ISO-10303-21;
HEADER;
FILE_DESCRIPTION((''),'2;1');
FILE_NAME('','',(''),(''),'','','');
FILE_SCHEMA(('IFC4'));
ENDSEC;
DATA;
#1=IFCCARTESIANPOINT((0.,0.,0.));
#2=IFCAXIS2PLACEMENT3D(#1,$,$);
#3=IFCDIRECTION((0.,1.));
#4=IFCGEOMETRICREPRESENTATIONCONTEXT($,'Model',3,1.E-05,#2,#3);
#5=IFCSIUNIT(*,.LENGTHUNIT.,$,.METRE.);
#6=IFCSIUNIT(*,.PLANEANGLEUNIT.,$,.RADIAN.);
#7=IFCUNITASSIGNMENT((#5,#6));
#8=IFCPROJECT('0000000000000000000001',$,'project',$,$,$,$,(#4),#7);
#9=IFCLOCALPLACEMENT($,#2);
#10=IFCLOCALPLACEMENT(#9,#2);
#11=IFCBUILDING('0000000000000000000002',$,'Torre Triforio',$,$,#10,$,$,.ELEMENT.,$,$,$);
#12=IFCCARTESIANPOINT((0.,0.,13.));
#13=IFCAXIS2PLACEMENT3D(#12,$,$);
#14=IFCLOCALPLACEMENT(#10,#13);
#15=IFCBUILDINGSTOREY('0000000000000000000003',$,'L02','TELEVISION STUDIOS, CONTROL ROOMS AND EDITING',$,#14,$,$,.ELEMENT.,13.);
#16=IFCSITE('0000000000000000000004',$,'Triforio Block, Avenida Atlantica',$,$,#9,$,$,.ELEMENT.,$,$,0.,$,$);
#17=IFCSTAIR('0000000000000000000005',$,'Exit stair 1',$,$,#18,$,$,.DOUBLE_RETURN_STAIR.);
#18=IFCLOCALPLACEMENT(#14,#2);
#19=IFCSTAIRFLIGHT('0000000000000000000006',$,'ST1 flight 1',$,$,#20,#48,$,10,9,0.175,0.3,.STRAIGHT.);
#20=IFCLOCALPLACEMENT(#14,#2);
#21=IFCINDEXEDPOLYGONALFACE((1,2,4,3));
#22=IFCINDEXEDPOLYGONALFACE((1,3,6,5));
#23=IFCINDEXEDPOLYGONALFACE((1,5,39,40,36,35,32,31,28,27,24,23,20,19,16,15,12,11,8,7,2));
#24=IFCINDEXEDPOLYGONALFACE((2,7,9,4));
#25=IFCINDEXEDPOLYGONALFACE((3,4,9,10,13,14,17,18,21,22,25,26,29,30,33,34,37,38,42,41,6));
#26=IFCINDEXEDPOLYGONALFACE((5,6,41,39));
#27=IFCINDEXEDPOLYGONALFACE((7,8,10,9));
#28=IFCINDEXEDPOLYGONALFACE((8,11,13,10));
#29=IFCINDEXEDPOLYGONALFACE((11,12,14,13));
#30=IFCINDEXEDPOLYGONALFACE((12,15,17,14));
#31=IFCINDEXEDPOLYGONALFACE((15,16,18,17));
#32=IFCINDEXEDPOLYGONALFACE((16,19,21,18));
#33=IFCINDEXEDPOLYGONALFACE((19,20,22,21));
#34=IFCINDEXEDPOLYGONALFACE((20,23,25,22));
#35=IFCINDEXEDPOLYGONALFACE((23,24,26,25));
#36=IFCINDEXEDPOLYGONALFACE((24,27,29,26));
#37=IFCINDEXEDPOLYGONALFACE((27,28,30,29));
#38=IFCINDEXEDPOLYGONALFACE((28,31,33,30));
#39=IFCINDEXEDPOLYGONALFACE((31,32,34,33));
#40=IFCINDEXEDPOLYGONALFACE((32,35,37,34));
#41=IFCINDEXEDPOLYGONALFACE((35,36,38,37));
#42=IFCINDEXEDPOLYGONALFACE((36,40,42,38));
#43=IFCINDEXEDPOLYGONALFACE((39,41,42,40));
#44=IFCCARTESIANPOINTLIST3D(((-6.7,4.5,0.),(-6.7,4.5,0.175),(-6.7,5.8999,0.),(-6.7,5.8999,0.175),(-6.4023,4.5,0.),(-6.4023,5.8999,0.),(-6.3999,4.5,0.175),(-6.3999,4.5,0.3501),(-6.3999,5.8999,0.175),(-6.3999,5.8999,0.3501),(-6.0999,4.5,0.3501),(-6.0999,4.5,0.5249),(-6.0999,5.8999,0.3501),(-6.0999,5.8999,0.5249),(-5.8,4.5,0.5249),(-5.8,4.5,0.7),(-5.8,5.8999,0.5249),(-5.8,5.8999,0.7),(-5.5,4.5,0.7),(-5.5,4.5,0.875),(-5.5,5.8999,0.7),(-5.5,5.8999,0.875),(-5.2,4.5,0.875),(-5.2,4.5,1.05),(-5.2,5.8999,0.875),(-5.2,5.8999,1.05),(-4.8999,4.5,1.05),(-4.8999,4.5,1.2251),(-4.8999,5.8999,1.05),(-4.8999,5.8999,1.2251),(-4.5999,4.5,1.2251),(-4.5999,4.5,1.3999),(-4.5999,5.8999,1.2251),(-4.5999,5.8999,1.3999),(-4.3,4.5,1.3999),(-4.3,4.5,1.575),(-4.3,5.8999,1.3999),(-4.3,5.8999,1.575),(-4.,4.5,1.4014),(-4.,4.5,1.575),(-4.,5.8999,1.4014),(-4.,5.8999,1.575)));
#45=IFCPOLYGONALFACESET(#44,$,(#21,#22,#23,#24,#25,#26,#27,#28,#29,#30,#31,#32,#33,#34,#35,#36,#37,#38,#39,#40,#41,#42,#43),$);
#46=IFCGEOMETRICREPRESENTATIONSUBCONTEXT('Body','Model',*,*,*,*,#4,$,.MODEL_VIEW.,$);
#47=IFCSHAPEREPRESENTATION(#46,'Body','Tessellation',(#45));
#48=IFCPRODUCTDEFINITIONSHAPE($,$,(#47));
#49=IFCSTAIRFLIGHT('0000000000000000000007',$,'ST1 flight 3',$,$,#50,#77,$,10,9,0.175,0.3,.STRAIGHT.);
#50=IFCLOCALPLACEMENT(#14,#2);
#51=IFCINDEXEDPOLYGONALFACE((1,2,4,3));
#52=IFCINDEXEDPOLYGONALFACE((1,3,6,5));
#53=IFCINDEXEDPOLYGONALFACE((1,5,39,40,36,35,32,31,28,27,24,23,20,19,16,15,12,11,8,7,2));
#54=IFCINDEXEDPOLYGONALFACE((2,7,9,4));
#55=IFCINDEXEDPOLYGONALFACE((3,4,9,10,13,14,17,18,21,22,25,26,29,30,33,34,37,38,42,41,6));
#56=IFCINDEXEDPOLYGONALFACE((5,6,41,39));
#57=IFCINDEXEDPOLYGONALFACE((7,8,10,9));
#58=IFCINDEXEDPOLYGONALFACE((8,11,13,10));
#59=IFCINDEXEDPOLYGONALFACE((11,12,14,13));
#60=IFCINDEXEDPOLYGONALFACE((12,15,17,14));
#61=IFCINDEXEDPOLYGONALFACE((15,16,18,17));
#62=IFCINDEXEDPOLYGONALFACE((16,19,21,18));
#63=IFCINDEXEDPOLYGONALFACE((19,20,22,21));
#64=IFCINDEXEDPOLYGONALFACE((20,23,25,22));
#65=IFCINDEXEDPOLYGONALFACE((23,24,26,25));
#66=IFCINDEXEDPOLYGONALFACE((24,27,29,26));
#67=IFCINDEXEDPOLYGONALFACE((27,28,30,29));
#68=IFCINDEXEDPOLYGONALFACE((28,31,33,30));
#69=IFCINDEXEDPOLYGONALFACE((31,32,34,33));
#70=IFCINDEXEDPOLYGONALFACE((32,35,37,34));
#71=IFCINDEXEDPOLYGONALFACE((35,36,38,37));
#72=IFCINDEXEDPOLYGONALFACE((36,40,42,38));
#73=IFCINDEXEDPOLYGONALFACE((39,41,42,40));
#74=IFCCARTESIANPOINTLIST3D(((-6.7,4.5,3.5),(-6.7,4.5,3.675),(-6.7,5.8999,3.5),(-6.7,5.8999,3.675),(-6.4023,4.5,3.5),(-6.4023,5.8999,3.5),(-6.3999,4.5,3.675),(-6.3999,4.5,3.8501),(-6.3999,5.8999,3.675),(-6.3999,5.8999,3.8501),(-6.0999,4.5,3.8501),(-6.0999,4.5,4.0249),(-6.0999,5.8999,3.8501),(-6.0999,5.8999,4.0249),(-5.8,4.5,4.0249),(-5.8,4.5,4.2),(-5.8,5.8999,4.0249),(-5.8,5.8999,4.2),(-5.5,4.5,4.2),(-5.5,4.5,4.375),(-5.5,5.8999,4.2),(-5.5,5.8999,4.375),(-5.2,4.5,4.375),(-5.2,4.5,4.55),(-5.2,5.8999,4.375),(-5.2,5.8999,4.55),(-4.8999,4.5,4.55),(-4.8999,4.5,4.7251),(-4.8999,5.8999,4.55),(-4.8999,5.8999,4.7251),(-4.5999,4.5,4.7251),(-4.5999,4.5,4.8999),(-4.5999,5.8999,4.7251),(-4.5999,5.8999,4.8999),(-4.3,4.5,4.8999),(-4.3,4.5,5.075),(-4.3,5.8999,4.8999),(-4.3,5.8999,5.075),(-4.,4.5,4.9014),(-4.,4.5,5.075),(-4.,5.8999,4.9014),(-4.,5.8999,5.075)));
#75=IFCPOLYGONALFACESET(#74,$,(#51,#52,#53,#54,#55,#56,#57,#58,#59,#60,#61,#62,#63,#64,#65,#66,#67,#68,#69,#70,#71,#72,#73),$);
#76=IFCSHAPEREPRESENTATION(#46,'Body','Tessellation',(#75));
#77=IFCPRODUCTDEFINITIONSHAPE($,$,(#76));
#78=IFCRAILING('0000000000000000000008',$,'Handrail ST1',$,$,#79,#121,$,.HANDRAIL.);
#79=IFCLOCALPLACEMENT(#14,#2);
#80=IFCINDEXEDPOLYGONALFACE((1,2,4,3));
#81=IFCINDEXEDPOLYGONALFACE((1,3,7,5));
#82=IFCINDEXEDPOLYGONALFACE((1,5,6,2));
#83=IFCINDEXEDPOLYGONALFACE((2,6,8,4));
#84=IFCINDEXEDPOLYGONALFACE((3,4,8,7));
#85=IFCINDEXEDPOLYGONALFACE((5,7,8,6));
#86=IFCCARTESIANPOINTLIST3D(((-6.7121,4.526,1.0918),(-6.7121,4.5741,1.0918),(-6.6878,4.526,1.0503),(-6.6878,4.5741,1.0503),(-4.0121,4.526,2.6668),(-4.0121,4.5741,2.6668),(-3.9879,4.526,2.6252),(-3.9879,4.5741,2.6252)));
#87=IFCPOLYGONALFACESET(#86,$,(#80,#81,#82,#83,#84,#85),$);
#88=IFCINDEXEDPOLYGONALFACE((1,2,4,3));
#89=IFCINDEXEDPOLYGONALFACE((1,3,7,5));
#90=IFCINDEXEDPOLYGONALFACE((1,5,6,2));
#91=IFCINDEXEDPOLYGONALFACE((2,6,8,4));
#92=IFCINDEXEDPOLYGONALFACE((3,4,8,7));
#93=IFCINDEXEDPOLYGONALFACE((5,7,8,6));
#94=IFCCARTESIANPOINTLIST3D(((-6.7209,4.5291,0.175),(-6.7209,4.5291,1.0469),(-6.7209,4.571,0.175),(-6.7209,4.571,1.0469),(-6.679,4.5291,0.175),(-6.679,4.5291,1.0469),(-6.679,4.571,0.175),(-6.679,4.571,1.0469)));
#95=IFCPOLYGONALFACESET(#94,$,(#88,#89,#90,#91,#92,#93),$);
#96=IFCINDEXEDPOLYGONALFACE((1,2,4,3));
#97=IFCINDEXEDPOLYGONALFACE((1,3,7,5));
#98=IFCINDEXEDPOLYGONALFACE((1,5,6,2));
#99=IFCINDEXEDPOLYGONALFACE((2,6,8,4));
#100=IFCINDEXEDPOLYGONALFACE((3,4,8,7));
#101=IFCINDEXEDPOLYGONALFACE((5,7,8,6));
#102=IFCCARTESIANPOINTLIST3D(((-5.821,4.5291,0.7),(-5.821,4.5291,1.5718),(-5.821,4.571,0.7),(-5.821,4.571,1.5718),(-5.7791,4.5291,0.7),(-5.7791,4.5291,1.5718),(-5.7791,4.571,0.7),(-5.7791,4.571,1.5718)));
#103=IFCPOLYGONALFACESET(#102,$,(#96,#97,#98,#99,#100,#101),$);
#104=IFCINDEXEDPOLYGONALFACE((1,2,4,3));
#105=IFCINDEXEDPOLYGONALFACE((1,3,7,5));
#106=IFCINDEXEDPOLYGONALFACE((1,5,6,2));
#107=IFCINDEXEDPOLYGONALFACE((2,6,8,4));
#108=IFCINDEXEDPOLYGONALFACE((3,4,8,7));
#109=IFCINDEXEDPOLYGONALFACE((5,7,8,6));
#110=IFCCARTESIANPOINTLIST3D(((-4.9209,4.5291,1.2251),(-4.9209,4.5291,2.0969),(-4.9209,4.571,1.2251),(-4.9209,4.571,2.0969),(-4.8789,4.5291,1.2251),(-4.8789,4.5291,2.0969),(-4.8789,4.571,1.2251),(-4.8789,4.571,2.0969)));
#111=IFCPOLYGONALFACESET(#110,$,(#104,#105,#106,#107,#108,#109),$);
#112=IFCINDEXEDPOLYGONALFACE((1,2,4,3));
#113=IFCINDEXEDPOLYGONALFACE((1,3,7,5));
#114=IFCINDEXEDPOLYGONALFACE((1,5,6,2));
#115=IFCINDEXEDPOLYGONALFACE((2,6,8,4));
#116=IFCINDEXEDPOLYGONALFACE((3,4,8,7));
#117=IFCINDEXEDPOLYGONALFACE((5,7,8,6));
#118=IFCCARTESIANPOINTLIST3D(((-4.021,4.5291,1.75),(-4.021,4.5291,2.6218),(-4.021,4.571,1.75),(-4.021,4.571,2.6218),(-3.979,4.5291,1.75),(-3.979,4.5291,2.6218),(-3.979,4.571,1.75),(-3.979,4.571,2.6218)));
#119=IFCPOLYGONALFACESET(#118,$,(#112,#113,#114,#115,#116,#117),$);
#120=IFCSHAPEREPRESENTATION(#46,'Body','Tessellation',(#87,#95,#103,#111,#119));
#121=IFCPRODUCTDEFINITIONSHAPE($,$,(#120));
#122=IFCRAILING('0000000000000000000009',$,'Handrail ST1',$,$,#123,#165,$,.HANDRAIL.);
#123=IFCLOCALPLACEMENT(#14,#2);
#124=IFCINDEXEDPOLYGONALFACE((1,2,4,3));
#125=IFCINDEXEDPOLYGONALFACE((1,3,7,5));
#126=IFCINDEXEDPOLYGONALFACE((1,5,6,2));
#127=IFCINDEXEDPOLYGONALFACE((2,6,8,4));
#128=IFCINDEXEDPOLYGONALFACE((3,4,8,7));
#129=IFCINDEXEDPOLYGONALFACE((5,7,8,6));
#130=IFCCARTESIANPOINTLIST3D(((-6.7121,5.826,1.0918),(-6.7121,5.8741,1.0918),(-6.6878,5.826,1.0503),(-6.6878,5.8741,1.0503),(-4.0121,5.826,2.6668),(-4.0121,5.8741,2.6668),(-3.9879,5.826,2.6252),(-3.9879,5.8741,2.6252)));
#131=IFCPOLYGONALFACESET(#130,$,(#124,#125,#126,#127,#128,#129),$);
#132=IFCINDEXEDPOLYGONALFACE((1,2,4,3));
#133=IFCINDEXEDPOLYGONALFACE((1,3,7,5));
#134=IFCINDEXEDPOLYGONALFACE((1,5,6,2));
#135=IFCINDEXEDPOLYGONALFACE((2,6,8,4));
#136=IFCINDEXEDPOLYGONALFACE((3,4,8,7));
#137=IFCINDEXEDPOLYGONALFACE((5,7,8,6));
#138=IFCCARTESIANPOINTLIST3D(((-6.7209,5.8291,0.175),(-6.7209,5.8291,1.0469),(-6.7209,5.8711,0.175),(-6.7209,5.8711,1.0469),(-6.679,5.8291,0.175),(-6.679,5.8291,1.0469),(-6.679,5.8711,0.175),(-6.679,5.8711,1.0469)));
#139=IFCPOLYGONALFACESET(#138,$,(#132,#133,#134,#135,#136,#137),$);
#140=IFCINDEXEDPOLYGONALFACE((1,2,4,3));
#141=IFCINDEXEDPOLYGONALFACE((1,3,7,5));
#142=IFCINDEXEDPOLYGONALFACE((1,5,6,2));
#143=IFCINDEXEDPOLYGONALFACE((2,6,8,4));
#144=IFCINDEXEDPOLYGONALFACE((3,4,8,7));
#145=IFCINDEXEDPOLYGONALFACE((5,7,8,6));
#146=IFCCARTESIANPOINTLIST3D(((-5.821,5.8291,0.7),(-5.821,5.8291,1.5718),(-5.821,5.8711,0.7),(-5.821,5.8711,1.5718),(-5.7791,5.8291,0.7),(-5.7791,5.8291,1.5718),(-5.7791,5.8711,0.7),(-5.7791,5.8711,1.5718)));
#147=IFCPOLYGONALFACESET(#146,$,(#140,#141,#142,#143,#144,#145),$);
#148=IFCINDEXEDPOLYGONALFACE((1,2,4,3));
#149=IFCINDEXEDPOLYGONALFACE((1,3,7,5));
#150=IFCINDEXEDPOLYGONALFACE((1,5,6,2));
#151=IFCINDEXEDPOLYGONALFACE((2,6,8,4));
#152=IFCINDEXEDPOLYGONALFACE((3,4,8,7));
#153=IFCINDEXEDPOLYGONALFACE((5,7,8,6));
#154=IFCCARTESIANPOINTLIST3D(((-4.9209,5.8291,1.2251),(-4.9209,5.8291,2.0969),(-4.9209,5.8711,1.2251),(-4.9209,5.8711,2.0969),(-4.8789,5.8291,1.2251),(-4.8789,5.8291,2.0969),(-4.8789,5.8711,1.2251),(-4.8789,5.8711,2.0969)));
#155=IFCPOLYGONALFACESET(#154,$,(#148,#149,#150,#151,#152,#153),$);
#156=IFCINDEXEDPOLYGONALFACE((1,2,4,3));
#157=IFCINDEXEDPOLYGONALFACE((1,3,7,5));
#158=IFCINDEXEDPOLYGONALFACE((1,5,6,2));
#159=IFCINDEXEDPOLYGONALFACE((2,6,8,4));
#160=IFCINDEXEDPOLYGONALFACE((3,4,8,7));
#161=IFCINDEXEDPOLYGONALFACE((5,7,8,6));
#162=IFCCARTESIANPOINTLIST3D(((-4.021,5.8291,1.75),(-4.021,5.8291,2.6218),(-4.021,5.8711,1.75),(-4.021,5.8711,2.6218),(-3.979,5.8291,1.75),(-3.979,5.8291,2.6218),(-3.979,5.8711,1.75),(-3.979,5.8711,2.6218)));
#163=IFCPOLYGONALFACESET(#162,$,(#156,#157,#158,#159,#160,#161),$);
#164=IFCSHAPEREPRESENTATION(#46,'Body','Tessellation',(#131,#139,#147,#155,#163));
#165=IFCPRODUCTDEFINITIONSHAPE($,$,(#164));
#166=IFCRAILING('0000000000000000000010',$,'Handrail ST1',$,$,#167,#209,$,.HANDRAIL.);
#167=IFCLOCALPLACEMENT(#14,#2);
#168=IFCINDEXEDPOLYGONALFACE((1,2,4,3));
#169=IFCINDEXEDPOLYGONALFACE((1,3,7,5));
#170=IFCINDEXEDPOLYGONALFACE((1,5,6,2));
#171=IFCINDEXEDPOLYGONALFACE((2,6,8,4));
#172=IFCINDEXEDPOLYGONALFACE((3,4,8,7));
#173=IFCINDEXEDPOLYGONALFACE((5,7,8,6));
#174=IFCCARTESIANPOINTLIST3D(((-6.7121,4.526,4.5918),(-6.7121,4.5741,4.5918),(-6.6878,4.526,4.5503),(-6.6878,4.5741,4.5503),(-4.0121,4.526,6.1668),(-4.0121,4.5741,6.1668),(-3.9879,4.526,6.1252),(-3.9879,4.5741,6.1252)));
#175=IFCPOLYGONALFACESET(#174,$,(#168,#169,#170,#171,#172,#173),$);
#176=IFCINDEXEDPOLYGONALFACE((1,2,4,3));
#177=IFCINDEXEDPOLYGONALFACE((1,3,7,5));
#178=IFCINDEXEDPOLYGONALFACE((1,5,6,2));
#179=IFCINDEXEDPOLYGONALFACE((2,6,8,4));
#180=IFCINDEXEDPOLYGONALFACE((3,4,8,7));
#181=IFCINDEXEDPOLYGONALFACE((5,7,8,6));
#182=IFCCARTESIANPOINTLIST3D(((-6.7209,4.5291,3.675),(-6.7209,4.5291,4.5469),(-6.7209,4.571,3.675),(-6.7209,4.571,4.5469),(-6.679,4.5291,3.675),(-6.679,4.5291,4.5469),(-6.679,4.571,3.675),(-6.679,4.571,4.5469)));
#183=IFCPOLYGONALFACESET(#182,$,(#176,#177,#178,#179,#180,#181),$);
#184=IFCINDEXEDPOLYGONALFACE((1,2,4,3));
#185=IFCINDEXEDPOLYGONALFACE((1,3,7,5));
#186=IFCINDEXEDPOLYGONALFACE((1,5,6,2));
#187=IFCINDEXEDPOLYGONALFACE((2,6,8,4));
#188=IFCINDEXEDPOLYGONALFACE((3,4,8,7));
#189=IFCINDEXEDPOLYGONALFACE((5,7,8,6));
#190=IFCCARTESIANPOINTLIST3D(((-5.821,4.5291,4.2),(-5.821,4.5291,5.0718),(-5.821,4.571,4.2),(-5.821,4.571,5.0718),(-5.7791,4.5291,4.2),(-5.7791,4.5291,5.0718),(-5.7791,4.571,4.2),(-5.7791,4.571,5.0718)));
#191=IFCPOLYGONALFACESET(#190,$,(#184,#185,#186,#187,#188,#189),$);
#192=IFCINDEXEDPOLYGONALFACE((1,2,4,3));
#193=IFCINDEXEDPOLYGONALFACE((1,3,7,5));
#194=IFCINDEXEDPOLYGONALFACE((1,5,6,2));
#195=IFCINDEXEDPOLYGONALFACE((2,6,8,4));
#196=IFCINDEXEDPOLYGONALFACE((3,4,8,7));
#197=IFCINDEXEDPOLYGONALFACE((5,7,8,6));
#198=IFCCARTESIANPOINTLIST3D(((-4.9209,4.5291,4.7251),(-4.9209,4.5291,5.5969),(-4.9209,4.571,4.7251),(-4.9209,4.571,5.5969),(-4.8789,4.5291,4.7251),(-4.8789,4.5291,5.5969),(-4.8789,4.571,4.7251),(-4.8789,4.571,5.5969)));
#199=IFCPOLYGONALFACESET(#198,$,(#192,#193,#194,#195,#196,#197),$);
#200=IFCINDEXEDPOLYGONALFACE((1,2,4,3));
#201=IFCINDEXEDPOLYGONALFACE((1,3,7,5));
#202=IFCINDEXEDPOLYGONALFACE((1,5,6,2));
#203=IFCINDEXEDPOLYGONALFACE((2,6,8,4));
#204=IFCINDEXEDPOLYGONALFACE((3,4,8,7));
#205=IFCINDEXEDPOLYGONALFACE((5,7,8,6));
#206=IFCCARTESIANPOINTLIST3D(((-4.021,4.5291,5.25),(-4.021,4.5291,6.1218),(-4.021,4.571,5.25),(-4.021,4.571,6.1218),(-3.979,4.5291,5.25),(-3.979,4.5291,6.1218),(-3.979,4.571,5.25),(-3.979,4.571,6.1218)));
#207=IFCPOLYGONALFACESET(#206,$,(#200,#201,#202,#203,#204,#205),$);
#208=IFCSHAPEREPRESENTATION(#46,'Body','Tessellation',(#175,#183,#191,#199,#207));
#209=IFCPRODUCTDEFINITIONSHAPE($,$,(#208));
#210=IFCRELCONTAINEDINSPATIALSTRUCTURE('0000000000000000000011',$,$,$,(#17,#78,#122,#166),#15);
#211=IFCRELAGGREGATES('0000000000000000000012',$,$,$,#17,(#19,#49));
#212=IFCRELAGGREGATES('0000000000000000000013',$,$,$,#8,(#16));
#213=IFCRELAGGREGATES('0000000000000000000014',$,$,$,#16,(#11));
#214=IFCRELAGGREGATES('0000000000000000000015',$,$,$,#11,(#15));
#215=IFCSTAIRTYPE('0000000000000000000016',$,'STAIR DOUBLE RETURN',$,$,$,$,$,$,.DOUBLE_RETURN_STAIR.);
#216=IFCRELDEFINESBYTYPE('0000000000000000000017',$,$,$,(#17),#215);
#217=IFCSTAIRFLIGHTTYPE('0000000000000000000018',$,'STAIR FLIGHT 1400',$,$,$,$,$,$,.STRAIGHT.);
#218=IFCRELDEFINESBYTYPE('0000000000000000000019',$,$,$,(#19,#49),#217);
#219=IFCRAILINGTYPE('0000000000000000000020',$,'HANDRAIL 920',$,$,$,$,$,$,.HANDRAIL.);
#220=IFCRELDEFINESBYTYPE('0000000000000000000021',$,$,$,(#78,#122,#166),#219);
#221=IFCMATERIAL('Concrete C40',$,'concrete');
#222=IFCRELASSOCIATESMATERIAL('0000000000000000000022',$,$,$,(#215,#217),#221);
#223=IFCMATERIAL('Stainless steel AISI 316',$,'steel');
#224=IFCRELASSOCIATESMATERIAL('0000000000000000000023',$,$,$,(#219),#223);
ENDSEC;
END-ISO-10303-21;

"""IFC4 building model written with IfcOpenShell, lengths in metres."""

from ifc_helpers import new_model, si_unit, direction, frame, origin, origin_2d, place, context, subcontext, project, spatial, polyline, rectangle, outline, extrude, material, type_object, element, aggregate, save


model = new_model("IFC4")

# Units and contexts
model_context = context("Model", 3, precision=1e-05, world=origin(), true_north=direction((0.0, 1.0)))
body_context = subcontext(model_context, "Body", "Model", "MODEL_VIEW")
ifc_project = project(units=[si_unit("LENGTHUNIT", "METRE"), si_unit("PLANEANGLEUNIT", "RADIAN")], contexts=[model_context])

# Site, building, storey
site_placement = place(None, origin())
site = spatial("IfcSite", under=ifc_project, at=site_placement, Name="Triforio Block, Avenida Atlantica", CompositionType="ELEMENT", RefElevation=0.0)
building_placement = place(site_placement, origin())
building = spatial("IfcBuilding", under=site, at=building_placement, Name="Torre Triforio", CompositionType="ELEMENT")
storey_placement = place(building_placement, frame((0.0, 0.0, 13.0)))
storey = spatial("IfcBuildingStorey", under=building, at=storey_placement, Name="L02", Description="TELEVISION STUDIOS, CONTROL ROOMS AND EDITING", CompositionType="ELEMENT", Elevation=13.0)

# Stair
ifc_material_1 = material(Name="Concrete C40", Category="concrete")
stair_type = type_object("IfcStairType", Name="STAIR DOUBLE RETURN", PredefinedType="DOUBLE_RETURN_STAIR", material=ifc_material_1)
stair_1_placement = place(storey_placement, origin())
stair_1 = element("IfcStair", 1, at=stair_1_placement, inside=storey, type_object=stair_type, Name="Exit stair 1", PredefinedType="DOUBLE_RETURN_STAIR")

# Stair flights
stair_flight_type = type_object("IfcStairFlightType", Name="STAIR FLIGHT 1400", PredefinedType="STRAIGHT", material=ifc_material_1)
stair_flight_1_placement = place(storey_placement, frame((-6.7, 5.2, 0.0), z_axis=(0.0, 0.0, 1.0), x_axis=(1.0, 0.0, 0.0)))
stair_flight_1 = element("IfcStairFlight", 2, at=stair_flight_1_placement, type_object=stair_flight_type, Name="ST1 flight 1", NumberOfRisers=10, NumberOfTreads=9, PredefinedType="STRAIGHT", RiserHeight=0.175, TreadLength=0.3, context=body_context, shape_type="SweptSolid", body=[
    extrude(outline(polyline([(0.0, 0.0), (0.0, 0.175), (0.3, 0.175), (0.3, 0.3501), (0.6001, 0.3501), (0.6001, 0.5249), (0.8999, 0.5249), (0.8999, 0.7), (1.2, 0.7), (1.2, 0.875), (1.5, 0.875), (1.5, 1.05), (1.8, 1.05), (1.8, 1.2251), (2.1001, 1.2251), (2.1001, 1.3999), (2.3999, 1.3999), (2.3999, 1.575), (2.7, 1.575), (2.7, 1.75), (2.7, 1.4014), (0.2976, 0.0), (0.0, 0.0)])), frame((0.0, 0.7, 0.0), z_axis=(0.0, -1.0, 0.0), x_axis=(1.0, 0.0, 0.0)), (0.0, 0.0, 1.0), 1.3999),
])
stair_flight_2_placement = place(storey_placement, frame((-6.7, 5.2, 3.5), z_axis=(0.0, 0.0, 1.0), x_axis=(1.0, 0.0, 0.0)))
stair_flight_2 = element("IfcStairFlight", 3, at=stair_flight_2_placement, type_object=stair_flight_type, Name="ST1 flight 3", NumberOfRisers=10, NumberOfTreads=9, PredefinedType="STRAIGHT", RiserHeight=0.175, TreadLength=0.3, context=body_context, shape_type="SweptSolid", body=[
    extrude(outline(polyline([(0.0, 0.0), (0.0, 0.175), (0.3, 0.175), (0.3, 0.3501), (0.6001, 0.3501), (0.6001, 0.5249), (0.8999, 0.5249), (0.8999, 0.7), (1.2, 0.7), (1.2, 0.875), (1.5, 0.875), (1.5, 1.05), (1.8, 1.05), (1.8, 1.2251), (2.1001, 1.2251), (2.1001, 1.3999), (2.3999, 1.3999), (2.3999, 1.575), (2.7, 1.575), (2.7, 1.75), (2.7, 1.4014), (0.2976, 0.0), (0.0, 0.0)])), frame((0.0, 0.7, 0.0), z_axis=(0.0, -1.0, 0.0), x_axis=(1.0, 0.0, 0.0)), (0.0, 0.0, 1.0), 1.3999),
])
aggregate(stair_1, [stair_flight_1, stair_flight_2])

# Railings
ifc_material_2 = material(Name="Stainless steel AISI 316", Category="steel")
railing_type = type_object("IfcRailingType", Name="HANDRAIL 920", PredefinedType="HANDRAIL", material=ifc_material_2)
for number, where, name in (
    (4, (-6.7, 4.55, 0.175), "Handrail ST1"),
    (5, (-6.7, 5.8501, 0.175), "Handrail ST1"),
    (6, (-6.7, 4.55, 3.675), "Handrail ST1"),
):
    element("IfcRailing", number, at=place(storey_placement, frame(where)), inside=storey, type_object=railing_type, Name=name, PredefinedType="HANDRAIL", context=body_context, shape_type="SweptSolid", body=[
        extrude(rectangle(XDim=0.0481, YDim=0.0481, at=origin_2d()), frame((0.0, 0.0, 0.896), z_axis=(0.863782, 0.0, 0.503866), x_axis=(0.0, 1.0, 0.0)), (0.0, 0.0, 1.0), 3.1257),
        extrude(rectangle(XDim=0.042, YDim=0.042, at=origin_2d()), origin(), (0.0, 0.0, 1.0), 0.8718),
        extrude(rectangle(XDim=0.042, YDim=0.042, at=origin_2d()), frame((0.8999, 0.0, 0.5249)), (0.0, 0.0, 1.0), 0.8718),
        extrude(rectangle(XDim=0.042, YDim=0.042, at=origin_2d()), frame((1.8, 0.0, 1.05)), (0.0, 0.0, 1.0), 0.8718),
        extrude(rectangle(XDim=0.042, YDim=0.042, at=origin_2d()), frame((2.7, 0.0, 1.575)), (0.0, 0.0, 1.0), 0.8718),
    ])

save(model, "model.ifc")
